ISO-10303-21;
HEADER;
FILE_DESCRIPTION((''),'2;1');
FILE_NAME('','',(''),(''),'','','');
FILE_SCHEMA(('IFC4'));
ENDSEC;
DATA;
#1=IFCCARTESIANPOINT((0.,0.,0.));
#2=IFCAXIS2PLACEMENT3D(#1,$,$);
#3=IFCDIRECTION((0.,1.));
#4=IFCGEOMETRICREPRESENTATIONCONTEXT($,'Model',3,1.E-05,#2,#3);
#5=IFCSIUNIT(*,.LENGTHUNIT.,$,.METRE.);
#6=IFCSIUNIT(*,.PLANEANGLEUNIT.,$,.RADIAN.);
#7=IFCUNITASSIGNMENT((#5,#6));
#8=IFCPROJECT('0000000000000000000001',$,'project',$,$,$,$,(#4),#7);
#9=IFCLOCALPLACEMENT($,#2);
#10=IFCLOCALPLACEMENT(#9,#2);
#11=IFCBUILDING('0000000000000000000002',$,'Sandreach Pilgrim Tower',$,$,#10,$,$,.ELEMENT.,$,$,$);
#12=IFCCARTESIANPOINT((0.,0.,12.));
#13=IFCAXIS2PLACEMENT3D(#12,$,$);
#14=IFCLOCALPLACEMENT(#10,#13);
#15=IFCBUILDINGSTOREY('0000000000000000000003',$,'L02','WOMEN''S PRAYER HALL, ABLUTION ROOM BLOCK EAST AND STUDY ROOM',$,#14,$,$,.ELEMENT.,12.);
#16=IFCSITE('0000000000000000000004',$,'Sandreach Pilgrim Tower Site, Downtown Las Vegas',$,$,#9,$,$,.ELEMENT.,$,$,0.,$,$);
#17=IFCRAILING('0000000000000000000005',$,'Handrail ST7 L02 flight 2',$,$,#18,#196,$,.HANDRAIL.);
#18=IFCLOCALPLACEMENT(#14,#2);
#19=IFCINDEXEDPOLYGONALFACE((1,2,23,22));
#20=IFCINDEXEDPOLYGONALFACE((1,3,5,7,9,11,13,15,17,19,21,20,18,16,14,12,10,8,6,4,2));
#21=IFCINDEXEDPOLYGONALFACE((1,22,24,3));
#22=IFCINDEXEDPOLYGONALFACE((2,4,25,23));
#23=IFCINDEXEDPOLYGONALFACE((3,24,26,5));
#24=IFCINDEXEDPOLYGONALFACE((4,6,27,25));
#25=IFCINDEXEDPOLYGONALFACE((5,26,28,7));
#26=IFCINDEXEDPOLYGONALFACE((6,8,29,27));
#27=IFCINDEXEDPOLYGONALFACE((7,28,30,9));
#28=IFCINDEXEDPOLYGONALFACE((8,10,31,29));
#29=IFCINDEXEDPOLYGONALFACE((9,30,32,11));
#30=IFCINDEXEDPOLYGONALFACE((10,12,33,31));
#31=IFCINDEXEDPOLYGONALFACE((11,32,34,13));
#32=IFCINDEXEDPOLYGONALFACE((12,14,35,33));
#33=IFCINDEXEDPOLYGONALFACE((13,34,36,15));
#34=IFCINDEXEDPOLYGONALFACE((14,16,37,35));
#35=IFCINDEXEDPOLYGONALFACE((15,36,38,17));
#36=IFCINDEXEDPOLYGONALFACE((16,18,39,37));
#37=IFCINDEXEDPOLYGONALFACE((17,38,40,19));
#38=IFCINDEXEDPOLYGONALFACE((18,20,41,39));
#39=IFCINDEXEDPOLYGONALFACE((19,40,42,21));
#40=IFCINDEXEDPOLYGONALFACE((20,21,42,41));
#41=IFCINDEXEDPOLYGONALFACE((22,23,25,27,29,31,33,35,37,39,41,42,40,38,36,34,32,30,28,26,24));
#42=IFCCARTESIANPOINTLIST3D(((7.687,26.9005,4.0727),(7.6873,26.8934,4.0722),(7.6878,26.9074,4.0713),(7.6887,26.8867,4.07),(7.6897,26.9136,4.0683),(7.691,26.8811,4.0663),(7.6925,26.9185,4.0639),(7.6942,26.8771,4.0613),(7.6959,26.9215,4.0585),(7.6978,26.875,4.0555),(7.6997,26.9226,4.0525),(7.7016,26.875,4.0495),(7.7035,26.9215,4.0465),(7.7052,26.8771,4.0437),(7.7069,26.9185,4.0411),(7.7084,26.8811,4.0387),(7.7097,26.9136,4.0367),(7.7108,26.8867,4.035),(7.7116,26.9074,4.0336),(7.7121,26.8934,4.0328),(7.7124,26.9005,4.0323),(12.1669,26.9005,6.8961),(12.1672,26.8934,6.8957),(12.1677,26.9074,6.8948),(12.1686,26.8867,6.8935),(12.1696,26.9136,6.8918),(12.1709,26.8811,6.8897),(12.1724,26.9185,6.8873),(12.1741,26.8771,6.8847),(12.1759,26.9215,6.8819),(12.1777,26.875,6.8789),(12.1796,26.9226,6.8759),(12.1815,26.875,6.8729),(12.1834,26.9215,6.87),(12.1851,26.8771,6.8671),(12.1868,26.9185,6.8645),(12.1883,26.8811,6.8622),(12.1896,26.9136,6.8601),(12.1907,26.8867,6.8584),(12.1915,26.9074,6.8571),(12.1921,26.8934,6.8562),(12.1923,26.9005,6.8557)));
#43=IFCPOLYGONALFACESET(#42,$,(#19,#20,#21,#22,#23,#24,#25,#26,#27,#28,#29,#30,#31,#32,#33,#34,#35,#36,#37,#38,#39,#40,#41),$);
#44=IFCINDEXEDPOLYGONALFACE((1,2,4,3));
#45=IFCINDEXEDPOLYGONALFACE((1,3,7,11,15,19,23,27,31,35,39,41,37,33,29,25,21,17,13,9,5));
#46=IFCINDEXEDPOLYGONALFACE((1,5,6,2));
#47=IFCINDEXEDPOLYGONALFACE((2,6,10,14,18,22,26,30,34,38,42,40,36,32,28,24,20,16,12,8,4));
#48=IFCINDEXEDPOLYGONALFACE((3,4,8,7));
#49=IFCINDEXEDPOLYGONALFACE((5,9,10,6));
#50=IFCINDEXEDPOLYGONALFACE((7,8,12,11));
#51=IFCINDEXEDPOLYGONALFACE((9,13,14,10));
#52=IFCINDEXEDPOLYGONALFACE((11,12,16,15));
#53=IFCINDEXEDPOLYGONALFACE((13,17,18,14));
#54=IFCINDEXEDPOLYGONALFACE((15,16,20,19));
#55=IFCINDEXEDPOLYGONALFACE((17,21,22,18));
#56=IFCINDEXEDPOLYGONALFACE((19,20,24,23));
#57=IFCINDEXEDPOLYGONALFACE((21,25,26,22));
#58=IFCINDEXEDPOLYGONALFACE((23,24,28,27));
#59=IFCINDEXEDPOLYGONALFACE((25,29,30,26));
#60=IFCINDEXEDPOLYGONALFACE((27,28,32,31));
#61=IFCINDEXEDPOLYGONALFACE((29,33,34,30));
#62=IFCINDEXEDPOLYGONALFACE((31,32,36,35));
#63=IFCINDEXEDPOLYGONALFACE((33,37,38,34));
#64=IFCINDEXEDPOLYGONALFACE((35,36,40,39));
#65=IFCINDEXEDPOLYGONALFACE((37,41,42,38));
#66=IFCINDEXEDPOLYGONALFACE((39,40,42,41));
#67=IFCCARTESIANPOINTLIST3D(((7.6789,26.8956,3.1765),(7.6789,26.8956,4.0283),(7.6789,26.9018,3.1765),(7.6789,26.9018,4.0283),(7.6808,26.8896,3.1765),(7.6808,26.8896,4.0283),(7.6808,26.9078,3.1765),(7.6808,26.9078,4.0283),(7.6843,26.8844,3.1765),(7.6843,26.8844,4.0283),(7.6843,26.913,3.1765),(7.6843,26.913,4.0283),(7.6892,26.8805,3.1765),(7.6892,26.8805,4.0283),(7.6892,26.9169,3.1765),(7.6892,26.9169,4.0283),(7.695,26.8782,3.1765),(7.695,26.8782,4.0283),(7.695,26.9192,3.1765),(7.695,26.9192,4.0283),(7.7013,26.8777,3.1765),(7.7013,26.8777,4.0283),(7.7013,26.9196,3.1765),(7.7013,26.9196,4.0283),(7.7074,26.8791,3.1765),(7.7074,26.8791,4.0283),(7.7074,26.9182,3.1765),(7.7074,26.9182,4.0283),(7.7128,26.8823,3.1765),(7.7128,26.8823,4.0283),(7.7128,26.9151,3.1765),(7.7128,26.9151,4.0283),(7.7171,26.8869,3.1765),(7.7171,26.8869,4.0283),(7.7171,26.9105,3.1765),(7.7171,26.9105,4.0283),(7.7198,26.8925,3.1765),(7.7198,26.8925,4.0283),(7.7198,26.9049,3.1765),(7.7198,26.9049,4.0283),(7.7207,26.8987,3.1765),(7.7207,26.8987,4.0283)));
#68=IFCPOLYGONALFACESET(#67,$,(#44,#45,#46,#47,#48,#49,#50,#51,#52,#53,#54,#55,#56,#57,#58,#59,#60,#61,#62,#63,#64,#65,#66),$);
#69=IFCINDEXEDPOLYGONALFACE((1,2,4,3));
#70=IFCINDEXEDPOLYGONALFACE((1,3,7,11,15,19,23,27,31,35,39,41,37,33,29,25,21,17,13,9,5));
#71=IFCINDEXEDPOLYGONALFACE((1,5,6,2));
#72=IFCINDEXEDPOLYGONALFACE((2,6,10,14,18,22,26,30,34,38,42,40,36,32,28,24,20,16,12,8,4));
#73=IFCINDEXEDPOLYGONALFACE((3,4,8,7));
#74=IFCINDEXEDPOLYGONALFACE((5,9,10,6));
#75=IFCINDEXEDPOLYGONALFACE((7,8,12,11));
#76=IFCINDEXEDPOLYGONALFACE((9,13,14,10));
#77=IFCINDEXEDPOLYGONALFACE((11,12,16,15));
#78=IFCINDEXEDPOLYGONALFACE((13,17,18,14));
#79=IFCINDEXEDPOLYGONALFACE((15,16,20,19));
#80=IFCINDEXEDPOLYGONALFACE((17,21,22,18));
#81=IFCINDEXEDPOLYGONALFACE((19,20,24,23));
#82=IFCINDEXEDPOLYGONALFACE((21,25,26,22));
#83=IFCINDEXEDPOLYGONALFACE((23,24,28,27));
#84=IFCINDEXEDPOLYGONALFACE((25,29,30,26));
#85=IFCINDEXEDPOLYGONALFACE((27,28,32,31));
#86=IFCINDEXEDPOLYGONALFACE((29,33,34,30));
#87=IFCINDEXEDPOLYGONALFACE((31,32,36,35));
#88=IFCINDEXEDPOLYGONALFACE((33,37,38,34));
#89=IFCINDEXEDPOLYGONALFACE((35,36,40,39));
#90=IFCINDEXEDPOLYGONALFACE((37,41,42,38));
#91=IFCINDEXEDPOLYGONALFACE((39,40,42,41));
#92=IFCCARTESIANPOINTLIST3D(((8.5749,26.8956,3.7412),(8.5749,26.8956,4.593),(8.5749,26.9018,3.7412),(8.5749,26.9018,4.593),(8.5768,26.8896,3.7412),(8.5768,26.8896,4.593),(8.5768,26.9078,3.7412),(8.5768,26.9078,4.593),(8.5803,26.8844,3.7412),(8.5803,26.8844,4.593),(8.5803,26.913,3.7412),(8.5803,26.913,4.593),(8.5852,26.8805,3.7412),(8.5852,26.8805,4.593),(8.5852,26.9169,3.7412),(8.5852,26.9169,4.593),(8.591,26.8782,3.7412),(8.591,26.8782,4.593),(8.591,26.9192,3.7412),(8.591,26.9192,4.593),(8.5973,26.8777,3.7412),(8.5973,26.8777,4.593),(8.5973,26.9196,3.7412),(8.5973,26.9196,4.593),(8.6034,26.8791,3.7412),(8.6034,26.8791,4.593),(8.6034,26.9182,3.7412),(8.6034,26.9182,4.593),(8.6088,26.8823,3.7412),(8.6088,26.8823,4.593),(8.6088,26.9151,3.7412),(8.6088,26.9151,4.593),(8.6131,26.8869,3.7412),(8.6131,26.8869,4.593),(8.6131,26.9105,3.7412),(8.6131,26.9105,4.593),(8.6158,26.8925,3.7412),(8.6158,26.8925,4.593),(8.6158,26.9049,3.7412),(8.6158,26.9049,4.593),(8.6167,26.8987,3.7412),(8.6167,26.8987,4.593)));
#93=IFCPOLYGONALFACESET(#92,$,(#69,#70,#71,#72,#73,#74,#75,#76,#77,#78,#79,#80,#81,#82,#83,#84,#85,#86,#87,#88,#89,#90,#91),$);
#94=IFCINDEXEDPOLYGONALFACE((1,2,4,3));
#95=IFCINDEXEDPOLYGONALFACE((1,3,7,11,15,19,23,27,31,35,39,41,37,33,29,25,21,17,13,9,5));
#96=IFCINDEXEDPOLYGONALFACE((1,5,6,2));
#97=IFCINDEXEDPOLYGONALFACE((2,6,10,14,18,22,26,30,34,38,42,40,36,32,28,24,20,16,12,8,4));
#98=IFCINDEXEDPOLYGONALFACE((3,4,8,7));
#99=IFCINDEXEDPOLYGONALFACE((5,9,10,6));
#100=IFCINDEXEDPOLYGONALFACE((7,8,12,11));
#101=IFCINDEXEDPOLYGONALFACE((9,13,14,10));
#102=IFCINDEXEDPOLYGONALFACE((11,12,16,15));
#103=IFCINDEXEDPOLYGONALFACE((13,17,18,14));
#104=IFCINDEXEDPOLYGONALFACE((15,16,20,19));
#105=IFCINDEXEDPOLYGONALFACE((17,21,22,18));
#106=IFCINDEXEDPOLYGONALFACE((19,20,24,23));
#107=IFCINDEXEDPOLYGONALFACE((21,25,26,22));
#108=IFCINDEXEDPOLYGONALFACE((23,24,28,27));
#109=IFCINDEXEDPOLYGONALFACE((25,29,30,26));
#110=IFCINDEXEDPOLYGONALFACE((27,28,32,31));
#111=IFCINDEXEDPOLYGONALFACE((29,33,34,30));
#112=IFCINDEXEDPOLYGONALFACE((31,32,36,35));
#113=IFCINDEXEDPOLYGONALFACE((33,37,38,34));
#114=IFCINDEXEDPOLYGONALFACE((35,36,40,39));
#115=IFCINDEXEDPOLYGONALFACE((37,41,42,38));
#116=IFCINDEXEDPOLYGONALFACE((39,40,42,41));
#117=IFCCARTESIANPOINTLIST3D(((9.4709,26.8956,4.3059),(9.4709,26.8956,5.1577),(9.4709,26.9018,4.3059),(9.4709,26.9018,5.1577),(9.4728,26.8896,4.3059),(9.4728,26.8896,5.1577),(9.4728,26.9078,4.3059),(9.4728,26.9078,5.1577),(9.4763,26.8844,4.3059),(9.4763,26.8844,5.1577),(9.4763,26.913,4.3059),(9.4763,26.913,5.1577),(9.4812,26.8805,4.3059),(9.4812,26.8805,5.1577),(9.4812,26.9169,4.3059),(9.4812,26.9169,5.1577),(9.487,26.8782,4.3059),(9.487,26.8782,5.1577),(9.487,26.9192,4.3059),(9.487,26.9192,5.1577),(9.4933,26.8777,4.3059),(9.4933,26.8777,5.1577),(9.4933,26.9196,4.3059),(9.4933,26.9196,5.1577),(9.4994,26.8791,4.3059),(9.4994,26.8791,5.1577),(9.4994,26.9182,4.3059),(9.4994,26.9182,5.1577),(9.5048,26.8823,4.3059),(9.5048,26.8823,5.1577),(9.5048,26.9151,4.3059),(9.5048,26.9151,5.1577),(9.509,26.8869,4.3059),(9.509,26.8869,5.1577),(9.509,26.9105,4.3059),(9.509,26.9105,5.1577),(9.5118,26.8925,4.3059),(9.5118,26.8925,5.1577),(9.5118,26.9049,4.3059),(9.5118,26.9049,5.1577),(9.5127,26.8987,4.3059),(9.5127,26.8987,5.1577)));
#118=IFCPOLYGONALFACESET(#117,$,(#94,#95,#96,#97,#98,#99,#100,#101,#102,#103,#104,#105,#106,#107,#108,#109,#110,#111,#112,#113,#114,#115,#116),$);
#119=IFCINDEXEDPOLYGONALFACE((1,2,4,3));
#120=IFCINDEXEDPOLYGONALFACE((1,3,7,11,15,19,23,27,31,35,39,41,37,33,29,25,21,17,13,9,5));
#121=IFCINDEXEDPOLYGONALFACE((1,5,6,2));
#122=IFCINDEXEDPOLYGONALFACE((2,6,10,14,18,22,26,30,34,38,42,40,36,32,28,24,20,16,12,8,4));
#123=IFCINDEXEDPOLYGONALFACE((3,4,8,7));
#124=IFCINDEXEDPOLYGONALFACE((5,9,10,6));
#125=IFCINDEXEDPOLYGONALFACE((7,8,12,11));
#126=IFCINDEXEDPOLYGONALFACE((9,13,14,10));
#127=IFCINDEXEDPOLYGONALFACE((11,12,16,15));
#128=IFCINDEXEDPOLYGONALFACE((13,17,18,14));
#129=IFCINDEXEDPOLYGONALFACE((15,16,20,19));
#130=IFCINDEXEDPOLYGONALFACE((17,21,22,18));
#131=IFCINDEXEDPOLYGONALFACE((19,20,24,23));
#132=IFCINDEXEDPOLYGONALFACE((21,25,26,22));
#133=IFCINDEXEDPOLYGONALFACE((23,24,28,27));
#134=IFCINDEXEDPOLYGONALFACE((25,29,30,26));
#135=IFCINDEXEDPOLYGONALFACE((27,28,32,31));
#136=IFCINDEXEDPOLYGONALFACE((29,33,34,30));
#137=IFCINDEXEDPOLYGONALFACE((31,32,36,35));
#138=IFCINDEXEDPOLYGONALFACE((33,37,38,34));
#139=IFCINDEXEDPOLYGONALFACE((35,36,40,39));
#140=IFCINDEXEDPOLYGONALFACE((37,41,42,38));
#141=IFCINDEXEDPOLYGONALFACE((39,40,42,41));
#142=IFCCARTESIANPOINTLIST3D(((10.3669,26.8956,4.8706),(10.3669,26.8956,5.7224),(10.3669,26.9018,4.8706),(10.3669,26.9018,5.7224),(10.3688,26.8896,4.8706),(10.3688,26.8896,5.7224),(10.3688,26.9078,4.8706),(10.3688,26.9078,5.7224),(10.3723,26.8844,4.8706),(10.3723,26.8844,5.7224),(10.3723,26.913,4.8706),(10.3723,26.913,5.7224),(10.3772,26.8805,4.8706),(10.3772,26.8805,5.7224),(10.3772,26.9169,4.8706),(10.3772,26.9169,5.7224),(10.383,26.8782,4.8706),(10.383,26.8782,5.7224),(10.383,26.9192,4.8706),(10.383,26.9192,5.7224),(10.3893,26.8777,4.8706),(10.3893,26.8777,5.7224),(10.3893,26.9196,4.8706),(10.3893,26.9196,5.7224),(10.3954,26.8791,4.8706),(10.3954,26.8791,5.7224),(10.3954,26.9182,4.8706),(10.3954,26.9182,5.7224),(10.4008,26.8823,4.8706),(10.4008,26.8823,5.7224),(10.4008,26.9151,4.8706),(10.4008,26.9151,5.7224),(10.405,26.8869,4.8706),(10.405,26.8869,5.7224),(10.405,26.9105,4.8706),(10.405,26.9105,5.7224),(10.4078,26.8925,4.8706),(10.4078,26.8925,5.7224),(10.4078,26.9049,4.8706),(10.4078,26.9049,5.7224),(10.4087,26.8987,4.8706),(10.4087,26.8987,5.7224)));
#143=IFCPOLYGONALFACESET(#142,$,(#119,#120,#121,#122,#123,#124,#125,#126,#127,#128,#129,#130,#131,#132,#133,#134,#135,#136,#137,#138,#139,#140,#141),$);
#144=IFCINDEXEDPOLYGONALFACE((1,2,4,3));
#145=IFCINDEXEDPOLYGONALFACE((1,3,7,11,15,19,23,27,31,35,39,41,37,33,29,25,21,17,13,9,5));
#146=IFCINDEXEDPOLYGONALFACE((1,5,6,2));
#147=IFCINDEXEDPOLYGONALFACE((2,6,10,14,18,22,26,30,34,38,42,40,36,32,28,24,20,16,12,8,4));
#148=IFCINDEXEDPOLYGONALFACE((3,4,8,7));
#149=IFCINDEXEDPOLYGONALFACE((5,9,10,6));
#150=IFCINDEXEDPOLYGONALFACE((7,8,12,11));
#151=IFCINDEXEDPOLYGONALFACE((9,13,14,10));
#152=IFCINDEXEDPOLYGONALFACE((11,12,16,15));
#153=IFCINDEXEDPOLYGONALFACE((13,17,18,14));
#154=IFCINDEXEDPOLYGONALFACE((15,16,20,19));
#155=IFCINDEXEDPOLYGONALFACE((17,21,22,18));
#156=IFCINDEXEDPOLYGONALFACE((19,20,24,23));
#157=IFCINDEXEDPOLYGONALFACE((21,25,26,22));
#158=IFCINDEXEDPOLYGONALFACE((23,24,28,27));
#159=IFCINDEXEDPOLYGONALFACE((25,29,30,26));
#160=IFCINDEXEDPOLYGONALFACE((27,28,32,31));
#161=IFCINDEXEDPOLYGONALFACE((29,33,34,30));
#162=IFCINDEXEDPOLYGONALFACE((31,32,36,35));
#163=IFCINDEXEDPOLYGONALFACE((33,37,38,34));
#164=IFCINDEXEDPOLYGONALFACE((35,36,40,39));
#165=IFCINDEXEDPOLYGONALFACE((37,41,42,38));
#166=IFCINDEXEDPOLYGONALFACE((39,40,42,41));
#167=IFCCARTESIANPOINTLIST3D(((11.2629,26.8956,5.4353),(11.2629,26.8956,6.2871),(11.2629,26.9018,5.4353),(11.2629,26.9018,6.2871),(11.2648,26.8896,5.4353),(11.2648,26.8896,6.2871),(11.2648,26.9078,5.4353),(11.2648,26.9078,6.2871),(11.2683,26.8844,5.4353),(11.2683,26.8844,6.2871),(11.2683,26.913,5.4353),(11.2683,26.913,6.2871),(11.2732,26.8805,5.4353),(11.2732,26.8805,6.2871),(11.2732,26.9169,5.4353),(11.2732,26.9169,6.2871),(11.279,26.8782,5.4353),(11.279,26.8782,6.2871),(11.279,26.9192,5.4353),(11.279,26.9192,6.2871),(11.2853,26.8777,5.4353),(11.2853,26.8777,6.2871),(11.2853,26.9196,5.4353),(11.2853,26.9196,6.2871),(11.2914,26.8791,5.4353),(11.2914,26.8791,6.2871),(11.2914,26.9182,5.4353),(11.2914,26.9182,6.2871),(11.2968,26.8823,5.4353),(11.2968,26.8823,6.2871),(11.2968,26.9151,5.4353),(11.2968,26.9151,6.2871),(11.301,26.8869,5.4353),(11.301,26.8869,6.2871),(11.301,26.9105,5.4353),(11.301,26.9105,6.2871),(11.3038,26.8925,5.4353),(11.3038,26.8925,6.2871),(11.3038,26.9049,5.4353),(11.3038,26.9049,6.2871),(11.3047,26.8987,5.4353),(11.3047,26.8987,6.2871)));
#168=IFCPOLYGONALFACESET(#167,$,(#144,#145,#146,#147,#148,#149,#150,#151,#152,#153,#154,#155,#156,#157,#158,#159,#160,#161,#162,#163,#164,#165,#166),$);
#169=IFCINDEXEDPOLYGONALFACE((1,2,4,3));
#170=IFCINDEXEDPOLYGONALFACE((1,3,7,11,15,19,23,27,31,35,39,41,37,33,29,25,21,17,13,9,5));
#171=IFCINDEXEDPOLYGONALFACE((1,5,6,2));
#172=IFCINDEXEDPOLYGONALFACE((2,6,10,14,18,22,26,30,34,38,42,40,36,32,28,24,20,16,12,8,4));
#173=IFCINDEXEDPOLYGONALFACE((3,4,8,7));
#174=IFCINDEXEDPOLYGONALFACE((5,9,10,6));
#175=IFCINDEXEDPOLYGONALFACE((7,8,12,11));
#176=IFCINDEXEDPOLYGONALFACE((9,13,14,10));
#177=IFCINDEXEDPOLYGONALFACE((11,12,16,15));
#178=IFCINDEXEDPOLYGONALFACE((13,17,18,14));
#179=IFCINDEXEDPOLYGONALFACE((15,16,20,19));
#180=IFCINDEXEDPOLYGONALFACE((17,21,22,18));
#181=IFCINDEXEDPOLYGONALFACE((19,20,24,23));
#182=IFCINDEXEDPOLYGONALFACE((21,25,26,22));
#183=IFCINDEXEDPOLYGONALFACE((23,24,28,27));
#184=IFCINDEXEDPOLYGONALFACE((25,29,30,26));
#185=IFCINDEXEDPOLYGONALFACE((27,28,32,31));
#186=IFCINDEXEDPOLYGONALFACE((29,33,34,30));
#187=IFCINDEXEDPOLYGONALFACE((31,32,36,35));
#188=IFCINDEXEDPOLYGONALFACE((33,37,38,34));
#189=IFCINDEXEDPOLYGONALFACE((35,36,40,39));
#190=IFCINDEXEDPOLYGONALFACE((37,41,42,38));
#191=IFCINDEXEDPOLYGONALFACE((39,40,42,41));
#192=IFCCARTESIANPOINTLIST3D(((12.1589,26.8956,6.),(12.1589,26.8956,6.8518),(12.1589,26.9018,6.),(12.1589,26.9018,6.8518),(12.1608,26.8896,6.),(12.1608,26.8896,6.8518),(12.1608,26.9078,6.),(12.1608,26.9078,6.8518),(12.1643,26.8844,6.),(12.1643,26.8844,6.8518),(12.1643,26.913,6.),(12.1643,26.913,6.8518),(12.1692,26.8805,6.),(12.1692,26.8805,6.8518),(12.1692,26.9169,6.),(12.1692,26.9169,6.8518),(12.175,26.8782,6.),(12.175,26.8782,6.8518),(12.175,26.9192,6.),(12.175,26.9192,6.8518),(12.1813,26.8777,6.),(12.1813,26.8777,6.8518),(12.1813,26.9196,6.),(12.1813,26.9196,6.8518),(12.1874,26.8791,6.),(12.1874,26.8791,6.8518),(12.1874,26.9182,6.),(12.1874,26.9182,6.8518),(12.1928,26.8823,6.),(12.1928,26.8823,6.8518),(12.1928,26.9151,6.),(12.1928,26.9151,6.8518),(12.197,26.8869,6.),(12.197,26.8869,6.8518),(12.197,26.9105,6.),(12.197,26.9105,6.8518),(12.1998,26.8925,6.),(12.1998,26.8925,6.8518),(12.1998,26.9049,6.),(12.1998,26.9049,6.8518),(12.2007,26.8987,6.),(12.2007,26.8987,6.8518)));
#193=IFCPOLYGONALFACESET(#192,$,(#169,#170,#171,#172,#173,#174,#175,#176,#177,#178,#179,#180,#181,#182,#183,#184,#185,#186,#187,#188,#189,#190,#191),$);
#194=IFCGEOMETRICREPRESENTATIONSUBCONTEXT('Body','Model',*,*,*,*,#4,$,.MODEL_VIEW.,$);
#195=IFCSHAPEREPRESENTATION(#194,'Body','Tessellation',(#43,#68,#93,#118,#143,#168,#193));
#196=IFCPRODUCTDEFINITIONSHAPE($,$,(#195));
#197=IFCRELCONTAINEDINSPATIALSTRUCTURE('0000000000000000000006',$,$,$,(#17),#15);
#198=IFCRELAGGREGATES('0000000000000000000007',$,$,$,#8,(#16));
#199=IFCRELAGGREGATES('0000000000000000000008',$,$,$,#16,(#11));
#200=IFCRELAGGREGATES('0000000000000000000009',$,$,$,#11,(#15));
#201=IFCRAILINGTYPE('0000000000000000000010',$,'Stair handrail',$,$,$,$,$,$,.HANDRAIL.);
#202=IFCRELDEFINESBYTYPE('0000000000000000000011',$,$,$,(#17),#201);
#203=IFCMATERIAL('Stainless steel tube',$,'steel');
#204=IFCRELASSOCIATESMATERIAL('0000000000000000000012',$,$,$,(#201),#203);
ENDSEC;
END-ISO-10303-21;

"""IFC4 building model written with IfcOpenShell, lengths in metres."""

from ifc_helpers import new_model, si_unit, direction, frame, origin, origin_2d, place, context, subcontext, project, spatial, circle, extrude, material, type_object, element, save


model = new_model("IFC4")

# Units and contexts
model_context = context("Model", 3, precision=1e-05, world=origin(), true_north=direction((0.0, 1.0)))
body_context = subcontext(model_context, "Body", "Model", "MODEL_VIEW")
ifc_project = project(units=[si_unit("LENGTHUNIT", "METRE"), si_unit("PLANEANGLEUNIT", "RADIAN")], contexts=[model_context])

# Site, building, storey
site_placement = place(None, origin())
site = spatial("IfcSite", under=ifc_project, at=site_placement, Name="Sandreach Pilgrim Tower Site, Downtown Las Vegas", CompositionType="ELEMENT", RefElevation=0.0)
building_placement = place(site_placement, origin())
building = spatial("IfcBuilding", under=site, at=building_placement, Name="Sandreach Pilgrim Tower", CompositionType="ELEMENT")
storey_placement = place(building_placement, frame((0.0, 0.0, 12.0)))
storey = spatial("IfcBuildingStorey", under=building, at=storey_placement, Name="L02", Description="WOMEN'S PRAYER HALL, ABLUTION ROOM BLOCK EAST AND STUDY ROOM", CompositionType="ELEMENT", Elevation=12.0)

# Railing
ifc_material_1 = material(Name="Stainless steel tube", Category="steel")
railing_type = type_object("IfcRailingType", Name="Stair handrail", PredefinedType="HANDRAIL", material=ifc_material_1)
for number, where, name in (
    (1, (7.6997, 26.8987, 3.1765), "Handrail ST7 L02 flight 2"),
):
    element("IfcRailing", number, at=place(storey_placement, frame(where)), inside=storey, type_object=railing_type, Name=name, PredefinedType="HANDRAIL", context=body_context, shape_type="SweptSolid", body=[
        extrude(circle(Radius=0.0239, at=origin_2d()), frame((0.0, 0.0, 0.876), z_axis=(0.845998, 0.0, 0.533186), x_axis=(0.0, 1.0, 0.0)), (0.0, 0.0, 1.0), 5.2954),
        extrude(circle(Radius=0.021, at=origin_2d()), origin(), (0.0, 0.0, 1.0), 0.8518),
        extrude(circle(Radius=0.021, at=origin_2d()), frame((0.896, 0.0, 0.5647)), (0.0, 0.0, 1.0), 0.8518),
        extrude(circle(Radius=0.021, at=origin_2d()), frame((1.792, 0.0, 1.1294)), (0.0, 0.0, 1.0), 0.8518),
        extrude(circle(Radius=0.021, at=origin_2d()), frame((2.688, 0.0, 1.6941)), (0.0, 0.0, 1.0), 0.8518),
        extrude(circle(Radius=0.021, at=origin_2d()), frame((3.584, 0.0, 2.2588)), (0.0, 0.0, 1.0), 0.8518),
        extrude(circle(Radius=0.021, at=origin_2d()), frame((4.48, 0.0, 2.8235)), (0.0, 0.0, 1.0), 0.8518),
    ])

save(model, "model.ifc")
